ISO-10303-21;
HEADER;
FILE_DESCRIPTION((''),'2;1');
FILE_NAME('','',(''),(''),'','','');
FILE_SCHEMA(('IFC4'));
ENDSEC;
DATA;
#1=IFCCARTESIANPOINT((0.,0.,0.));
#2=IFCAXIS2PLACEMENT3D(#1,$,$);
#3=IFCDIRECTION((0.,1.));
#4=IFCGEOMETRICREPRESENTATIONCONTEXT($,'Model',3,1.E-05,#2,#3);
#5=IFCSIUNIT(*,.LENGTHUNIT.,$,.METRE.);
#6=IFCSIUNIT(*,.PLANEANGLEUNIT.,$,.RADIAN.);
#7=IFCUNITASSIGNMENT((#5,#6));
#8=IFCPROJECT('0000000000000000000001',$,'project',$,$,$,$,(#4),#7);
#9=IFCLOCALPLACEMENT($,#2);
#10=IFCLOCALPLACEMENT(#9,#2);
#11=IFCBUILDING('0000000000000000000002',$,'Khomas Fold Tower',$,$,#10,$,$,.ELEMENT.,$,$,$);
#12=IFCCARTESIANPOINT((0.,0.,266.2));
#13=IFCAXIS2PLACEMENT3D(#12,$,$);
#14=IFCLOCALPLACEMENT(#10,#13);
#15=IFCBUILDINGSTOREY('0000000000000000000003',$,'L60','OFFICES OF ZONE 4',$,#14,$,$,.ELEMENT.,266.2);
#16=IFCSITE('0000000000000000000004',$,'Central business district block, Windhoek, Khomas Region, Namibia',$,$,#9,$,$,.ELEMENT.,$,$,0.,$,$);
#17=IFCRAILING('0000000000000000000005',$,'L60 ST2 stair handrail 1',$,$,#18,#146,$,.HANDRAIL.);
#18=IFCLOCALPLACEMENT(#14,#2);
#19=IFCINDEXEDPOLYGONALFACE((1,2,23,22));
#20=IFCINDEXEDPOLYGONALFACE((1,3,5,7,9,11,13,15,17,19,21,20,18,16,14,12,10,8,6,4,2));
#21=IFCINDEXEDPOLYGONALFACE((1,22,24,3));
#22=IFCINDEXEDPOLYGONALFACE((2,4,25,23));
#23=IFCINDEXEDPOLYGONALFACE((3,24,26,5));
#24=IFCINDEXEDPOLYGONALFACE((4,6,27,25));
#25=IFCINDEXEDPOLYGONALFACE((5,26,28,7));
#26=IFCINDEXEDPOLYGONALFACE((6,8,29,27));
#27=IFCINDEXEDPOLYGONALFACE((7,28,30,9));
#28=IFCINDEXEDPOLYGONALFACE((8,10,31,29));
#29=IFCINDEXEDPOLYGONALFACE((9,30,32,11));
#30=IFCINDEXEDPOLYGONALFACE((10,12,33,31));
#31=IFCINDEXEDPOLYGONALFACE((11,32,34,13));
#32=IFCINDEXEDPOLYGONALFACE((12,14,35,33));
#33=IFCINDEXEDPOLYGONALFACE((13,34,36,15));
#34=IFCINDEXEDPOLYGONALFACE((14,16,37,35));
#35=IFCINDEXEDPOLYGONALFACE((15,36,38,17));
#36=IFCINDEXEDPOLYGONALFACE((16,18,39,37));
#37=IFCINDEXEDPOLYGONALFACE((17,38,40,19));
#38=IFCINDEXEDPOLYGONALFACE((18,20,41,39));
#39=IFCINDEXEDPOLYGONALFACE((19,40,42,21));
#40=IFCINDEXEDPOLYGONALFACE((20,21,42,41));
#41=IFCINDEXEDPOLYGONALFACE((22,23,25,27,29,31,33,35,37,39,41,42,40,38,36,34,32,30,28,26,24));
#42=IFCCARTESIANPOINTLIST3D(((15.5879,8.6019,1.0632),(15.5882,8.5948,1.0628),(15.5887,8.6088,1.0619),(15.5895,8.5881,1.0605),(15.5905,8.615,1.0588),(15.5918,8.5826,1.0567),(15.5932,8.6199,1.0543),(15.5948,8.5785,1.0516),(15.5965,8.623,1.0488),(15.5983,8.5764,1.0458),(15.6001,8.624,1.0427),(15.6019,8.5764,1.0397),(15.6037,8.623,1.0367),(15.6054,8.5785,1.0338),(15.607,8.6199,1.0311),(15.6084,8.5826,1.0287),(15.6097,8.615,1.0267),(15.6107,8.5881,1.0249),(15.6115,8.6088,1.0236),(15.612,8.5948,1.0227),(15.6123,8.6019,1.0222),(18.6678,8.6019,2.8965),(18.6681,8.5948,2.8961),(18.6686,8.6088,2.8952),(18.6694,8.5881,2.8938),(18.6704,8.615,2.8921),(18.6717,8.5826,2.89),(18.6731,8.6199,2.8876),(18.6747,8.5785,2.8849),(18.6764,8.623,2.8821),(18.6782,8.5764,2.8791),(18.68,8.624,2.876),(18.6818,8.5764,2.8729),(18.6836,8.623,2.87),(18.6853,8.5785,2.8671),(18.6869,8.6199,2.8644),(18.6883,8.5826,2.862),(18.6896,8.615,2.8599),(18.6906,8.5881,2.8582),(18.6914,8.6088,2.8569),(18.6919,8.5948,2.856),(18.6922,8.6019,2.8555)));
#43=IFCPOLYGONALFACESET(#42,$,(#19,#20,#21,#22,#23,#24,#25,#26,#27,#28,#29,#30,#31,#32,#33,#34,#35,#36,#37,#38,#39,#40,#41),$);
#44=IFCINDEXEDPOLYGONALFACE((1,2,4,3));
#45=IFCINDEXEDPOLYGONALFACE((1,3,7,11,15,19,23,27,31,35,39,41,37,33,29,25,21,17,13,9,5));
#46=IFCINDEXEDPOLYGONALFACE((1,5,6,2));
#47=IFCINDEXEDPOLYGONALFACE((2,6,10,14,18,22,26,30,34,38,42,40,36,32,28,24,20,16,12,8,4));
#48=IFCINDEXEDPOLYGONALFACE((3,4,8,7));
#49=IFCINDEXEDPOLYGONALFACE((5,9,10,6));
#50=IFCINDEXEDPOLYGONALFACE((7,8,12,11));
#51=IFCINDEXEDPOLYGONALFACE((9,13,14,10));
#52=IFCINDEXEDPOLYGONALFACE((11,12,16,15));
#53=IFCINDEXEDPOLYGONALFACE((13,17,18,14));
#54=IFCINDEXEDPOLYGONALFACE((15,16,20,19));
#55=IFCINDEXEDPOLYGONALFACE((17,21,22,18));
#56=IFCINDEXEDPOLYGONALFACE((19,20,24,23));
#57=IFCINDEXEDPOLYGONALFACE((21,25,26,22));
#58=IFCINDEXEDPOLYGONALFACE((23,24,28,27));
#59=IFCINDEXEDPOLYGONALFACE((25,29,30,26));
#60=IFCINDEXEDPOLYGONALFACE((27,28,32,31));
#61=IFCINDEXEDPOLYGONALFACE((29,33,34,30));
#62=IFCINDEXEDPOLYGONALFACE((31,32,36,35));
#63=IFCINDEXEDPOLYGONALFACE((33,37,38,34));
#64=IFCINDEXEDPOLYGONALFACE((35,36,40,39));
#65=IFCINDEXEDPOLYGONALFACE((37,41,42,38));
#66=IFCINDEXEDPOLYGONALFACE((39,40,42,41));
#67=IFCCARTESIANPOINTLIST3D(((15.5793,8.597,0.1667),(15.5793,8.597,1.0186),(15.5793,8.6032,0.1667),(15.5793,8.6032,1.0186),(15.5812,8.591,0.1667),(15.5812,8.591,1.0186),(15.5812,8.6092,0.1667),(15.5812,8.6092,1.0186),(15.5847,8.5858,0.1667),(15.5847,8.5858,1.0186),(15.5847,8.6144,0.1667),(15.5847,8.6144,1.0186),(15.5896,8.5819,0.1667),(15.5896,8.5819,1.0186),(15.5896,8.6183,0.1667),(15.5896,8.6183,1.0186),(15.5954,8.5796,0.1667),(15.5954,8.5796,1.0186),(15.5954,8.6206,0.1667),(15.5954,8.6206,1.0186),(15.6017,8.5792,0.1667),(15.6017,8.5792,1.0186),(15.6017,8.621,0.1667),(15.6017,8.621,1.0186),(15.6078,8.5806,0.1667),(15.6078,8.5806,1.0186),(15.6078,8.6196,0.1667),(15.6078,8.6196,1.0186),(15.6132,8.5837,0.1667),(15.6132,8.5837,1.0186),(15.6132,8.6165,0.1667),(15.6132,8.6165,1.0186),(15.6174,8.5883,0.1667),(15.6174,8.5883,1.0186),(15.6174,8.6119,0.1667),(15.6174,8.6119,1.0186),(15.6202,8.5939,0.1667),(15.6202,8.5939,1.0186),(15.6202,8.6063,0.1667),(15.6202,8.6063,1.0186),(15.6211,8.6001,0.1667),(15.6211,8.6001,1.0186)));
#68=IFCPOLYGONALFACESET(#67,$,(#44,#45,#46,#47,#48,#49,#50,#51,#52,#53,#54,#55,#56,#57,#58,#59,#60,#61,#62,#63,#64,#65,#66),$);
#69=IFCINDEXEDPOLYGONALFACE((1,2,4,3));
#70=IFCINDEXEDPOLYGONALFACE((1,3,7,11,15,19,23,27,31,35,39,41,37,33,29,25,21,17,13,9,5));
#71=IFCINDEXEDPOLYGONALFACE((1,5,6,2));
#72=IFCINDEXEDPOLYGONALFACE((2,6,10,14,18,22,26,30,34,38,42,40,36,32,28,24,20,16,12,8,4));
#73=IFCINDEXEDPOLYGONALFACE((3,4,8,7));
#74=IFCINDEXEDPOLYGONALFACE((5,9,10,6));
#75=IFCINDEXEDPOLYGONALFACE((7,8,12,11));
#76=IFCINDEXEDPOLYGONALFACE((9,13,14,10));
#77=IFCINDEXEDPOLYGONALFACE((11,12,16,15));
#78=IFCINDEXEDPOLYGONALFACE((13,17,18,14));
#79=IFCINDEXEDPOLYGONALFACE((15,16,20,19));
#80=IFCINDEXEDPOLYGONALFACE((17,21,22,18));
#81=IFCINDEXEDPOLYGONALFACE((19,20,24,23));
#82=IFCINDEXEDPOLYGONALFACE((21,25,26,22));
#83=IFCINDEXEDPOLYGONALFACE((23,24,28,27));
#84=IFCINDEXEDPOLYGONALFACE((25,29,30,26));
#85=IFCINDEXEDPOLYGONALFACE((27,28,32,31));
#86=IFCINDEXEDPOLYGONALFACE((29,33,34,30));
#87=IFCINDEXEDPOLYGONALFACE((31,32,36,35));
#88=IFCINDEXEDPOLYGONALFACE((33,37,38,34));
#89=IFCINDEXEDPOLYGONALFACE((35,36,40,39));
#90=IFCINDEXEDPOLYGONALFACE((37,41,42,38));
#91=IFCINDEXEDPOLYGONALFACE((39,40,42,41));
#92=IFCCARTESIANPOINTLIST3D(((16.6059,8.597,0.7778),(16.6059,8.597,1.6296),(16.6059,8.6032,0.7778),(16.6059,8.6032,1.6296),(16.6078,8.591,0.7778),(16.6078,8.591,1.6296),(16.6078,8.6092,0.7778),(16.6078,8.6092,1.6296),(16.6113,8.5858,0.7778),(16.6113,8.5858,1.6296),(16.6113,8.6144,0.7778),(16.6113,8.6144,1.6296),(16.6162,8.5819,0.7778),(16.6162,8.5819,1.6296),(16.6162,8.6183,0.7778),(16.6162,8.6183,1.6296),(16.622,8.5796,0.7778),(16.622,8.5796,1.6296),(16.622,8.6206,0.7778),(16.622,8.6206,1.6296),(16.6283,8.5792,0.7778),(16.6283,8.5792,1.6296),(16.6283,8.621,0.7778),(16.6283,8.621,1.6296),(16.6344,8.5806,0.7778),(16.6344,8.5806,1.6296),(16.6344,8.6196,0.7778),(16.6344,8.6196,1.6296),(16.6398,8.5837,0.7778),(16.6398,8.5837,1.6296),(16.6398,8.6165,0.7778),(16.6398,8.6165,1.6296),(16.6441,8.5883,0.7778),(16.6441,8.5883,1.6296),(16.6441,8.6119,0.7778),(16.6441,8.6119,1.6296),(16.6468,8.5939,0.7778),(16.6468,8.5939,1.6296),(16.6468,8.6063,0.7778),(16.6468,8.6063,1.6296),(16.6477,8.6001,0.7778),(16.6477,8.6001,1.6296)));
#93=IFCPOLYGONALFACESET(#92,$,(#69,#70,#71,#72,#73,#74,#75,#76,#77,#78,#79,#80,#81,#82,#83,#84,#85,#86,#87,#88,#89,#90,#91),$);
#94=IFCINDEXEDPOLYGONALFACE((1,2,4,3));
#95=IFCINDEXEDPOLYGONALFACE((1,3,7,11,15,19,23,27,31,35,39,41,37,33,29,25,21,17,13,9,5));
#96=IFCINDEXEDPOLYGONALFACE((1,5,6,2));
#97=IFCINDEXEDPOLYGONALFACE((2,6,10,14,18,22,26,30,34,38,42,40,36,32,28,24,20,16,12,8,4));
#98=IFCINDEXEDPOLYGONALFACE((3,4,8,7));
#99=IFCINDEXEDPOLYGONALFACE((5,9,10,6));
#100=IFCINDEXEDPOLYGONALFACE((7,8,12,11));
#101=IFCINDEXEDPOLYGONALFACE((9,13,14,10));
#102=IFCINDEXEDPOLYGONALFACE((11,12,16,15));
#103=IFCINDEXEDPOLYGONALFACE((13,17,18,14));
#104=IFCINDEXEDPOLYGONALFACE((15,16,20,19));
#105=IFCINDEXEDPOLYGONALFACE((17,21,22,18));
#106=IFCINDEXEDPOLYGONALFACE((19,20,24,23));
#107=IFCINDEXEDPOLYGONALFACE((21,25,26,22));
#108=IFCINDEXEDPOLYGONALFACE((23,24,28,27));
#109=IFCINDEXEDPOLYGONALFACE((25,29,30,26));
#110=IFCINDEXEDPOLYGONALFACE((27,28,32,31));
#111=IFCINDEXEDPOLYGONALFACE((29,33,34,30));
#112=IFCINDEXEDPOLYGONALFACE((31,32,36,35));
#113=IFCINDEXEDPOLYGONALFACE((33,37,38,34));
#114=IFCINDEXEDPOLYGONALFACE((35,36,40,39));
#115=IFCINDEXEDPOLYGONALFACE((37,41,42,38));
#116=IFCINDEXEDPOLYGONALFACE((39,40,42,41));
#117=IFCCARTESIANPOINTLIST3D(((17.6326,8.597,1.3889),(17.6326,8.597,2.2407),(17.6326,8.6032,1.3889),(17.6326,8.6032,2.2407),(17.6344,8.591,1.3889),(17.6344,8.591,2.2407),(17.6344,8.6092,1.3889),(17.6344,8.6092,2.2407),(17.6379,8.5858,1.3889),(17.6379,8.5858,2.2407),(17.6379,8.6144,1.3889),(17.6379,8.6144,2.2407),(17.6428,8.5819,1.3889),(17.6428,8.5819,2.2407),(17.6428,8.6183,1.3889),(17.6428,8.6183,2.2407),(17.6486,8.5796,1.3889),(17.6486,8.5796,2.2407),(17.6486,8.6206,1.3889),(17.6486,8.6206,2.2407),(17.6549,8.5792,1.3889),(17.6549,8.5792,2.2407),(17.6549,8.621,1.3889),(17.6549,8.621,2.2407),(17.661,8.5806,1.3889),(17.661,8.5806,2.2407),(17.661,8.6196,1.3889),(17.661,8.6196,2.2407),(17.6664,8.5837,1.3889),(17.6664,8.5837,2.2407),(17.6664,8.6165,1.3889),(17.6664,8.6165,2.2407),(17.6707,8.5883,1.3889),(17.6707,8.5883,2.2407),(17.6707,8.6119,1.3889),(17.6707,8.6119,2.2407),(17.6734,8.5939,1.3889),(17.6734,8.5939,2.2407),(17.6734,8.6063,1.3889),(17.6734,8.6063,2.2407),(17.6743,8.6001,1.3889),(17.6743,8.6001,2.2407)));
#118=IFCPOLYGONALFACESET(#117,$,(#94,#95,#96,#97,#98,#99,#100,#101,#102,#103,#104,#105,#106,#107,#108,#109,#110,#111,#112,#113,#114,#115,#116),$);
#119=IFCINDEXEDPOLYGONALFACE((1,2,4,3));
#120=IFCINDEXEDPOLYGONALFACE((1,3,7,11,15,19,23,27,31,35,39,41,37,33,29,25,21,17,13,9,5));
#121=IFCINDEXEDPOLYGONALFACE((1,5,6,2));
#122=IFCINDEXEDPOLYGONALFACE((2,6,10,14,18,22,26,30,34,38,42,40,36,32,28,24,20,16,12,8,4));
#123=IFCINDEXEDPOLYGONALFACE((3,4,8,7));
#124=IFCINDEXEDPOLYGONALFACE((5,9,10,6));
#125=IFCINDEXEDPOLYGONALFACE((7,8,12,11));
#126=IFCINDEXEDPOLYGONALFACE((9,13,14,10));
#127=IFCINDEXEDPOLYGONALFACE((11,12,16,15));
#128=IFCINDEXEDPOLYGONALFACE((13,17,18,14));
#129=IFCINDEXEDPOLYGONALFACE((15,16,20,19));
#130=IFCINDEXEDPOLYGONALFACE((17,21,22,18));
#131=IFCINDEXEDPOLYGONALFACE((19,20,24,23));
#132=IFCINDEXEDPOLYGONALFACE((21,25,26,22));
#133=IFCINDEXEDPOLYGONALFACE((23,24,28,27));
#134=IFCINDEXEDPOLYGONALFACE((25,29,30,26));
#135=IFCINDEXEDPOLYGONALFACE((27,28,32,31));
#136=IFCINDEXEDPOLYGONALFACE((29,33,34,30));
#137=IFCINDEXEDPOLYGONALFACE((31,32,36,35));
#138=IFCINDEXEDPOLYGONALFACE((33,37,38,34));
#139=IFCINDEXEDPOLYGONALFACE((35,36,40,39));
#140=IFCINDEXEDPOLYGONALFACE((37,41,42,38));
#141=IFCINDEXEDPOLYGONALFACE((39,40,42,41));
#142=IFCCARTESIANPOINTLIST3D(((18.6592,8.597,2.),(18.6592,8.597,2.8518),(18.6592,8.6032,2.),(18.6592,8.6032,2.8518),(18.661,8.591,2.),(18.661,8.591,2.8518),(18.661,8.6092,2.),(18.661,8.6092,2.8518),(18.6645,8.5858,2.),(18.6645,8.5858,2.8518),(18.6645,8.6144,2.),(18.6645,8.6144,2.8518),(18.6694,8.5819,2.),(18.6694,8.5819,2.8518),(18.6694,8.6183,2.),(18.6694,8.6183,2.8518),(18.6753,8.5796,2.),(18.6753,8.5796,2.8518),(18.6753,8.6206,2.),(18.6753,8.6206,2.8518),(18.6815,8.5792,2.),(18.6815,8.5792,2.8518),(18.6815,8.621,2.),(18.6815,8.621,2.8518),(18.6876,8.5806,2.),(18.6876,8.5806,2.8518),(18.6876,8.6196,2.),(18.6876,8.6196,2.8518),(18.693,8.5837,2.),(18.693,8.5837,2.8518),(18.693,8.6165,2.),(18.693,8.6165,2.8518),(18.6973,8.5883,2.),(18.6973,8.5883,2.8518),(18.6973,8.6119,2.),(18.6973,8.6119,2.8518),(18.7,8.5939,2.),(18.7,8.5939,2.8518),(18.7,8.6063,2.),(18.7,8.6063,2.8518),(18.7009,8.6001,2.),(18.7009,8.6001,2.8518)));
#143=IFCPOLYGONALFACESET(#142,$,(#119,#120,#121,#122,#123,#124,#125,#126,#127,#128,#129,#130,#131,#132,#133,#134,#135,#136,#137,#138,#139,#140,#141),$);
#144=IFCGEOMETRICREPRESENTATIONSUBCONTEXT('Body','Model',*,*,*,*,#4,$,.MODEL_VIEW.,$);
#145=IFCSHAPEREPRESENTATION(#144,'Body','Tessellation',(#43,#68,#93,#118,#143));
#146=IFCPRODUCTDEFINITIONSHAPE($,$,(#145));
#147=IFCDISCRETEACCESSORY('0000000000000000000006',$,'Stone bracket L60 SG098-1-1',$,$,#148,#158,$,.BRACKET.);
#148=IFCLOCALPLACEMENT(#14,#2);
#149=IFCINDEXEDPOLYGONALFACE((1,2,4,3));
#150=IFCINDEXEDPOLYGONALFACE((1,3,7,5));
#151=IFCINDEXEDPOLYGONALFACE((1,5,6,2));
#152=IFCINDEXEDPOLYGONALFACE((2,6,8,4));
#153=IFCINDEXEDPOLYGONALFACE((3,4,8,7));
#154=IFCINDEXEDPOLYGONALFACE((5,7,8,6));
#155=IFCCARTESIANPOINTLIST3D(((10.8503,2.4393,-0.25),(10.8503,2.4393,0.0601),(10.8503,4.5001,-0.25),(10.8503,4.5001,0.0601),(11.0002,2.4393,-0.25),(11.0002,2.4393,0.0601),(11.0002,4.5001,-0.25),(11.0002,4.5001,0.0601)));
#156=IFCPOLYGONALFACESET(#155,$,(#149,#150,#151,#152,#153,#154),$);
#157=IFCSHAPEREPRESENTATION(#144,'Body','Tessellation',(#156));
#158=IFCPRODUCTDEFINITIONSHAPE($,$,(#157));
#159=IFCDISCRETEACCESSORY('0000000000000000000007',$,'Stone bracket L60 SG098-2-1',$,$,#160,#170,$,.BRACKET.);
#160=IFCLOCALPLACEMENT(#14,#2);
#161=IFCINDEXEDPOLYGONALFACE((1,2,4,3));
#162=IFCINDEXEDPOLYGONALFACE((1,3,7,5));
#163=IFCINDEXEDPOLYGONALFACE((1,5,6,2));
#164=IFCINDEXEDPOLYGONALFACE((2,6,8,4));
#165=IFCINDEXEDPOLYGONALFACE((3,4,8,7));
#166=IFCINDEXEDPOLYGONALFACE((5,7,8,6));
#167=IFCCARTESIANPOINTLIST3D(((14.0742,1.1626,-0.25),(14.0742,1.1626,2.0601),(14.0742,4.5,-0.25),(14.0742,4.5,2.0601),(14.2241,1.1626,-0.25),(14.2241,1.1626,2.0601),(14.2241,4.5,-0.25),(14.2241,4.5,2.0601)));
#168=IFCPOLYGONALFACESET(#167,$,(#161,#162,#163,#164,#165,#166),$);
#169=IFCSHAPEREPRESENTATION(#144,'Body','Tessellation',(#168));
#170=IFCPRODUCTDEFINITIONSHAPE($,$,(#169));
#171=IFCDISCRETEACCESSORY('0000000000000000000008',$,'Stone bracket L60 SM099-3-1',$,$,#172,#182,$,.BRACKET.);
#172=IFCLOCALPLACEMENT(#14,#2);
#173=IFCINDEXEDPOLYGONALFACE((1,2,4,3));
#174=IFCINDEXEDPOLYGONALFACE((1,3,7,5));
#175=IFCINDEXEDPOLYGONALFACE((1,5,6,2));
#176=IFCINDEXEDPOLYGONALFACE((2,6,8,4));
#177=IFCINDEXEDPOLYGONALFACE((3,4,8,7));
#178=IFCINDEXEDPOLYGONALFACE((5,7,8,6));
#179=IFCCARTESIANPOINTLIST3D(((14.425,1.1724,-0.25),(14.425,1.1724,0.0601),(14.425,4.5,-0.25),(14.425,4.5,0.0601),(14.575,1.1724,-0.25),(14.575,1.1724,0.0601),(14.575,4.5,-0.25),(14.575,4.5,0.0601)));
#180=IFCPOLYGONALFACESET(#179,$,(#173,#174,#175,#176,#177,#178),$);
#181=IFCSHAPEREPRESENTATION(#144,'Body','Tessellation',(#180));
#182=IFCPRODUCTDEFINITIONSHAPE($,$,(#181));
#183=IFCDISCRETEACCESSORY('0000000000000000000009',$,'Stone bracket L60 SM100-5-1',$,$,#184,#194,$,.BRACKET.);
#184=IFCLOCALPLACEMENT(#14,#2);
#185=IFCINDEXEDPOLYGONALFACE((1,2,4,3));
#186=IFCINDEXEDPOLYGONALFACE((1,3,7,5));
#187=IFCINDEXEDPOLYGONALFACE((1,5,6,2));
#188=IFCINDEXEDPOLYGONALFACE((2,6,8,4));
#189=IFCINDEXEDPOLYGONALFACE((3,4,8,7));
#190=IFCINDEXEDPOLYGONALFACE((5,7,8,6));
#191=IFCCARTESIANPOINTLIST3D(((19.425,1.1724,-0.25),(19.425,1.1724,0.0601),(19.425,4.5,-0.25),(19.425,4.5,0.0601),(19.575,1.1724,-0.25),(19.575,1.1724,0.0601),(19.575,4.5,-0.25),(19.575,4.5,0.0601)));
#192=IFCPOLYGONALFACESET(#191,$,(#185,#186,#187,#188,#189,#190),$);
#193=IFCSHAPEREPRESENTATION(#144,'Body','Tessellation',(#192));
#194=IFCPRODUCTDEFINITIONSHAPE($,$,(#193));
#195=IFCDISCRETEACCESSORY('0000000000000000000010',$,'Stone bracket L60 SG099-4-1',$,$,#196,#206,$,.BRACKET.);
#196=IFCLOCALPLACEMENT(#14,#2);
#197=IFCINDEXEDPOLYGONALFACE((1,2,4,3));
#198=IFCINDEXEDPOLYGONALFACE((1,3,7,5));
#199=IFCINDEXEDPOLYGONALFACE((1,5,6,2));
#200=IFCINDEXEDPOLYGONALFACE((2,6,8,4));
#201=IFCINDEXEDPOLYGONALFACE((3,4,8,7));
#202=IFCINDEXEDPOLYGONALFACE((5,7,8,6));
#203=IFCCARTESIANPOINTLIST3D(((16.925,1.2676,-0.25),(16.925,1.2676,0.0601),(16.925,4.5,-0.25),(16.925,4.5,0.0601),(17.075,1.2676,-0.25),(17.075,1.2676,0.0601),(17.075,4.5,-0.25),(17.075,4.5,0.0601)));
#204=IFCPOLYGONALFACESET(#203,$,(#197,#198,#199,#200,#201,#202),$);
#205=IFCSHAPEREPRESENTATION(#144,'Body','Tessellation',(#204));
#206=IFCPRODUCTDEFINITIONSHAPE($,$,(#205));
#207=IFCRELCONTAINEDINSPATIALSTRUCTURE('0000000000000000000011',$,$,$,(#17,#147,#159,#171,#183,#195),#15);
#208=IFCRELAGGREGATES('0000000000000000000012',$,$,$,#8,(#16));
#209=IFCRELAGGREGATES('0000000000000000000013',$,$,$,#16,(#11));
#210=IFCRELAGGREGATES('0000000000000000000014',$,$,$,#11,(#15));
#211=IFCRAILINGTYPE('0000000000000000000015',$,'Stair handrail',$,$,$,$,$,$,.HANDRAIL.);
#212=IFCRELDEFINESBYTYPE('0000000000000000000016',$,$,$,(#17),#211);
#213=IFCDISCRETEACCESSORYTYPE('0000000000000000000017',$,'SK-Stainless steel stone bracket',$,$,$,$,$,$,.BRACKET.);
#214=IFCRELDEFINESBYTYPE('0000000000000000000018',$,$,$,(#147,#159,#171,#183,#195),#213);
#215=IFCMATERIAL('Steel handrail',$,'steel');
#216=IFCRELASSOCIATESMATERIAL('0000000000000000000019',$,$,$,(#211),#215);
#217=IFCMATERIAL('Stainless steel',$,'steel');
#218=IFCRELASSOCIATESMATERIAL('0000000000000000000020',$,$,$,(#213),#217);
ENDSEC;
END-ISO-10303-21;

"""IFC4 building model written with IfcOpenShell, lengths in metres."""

from ifc_helpers import new_model, si_unit, direction, frame, origin, origin_2d, place, context, subcontext, project, spatial, rectangle, circle, extrude, source, transform, mapped, material, type_object, element, save


model = new_model("IFC4")

# Units and contexts
model_context = context("Model", 3, precision=1e-05, world=origin(), true_north=direction((0.0, 1.0)))
body_context = subcontext(model_context, "Body", "Model", "MODEL_VIEW")
ifc_project = project(units=[si_unit("LENGTHUNIT", "METRE"), si_unit("PLANEANGLEUNIT", "RADIAN")], contexts=[model_context])

# Site, building, storey
site_placement = place(None, origin())
site = spatial("IfcSite", under=ifc_project, at=site_placement, Name="Central business district block, Windhoek, Khomas Region, Namibia", CompositionType="ELEMENT", RefElevation=0.0)
building_placement = place(site_placement, origin())
building = spatial("IfcBuilding", under=site, at=building_placement, Name="Khomas Fold Tower", CompositionType="ELEMENT")
storey_placement = place(building_placement, frame((0.0, 0.0, 266.2)))
storey = spatial("IfcBuildingStorey", under=building, at=storey_placement, Name="L60", Description="OFFICES OF ZONE 4", CompositionType="ELEMENT", Elevation=266.2)

# Railing
ifc_material_1 = material(Name="Steel handrail", Category="steel")
railing_type_1 = type_object("IfcRailingType", Name="Stair handrail", PredefinedType="HANDRAIL", material=ifc_material_1)
shared_shape_1 = source(origin(), body_context, "Body", "SweptSolid", [
    extrude(circle(Radius=0.0239, at=origin_2d()), frame((0.0, 0.0, 0.876), z_axis=(0.859291, 0.0, 0.511487), x_axis=(0.0, 1.0, 0.0)), (0.0, 0.0, 1.0), 3.5842),
    extrude(circle(Radius=0.021, at=origin_2d()), origin(), (0.0, 0.0, 1.0), 0.8518),
    extrude(circle(Radius=0.021, at=origin_2d()), frame((1.0266, 0.0, 0.6111)), (0.0, 0.0, 1.0), 0.8518),
    extrude(circle(Radius=0.021, at=origin_2d()), frame((2.0532, 0.0, 1.2222)), (0.0, 0.0, 1.0), 0.8518),
    extrude(circle(Radius=0.021, at=origin_2d()), frame((3.0798, 0.0, 1.8333)), (0.0, 0.0, 1.0), 0.8518),
])
railing_1_placement = place(storey_placement, frame((15.6001, 8.6001, 0.1667)))
element("IfcRailing", 1, at=railing_1_placement, inside=storey, type_object=railing_type_1, Name="L60 ST2 stair handrail 1", PredefinedType="HANDRAIL", context=body_context, shape_type="MappedRepresentation", body=[
    mapped(shared_shape_1, transform((0.0, 0.0, 0.0))),
])

# Discrete accessories
ifc_material_2 = material(Name="Stainless steel", Category="steel")
discrete_accessory_type = type_object("IfcDiscreteAccessoryType", Name="SK-Stainless steel stone bracket", PredefinedType="BRACKET", material=ifc_material_2)
shared_shape_2 = source(origin(), body_context, "Body", "SweptSolid", [
    extrude(rectangle(XDim=2.0608, YDim=0.1499, at=origin_2d()), origin(), (0.0, 0.0, 1.0), 0.3101),
])
discrete_accessory_1_placement = place(storey_placement, frame((10.9253, 3.4697, -0.25), z_axis=(0.0, 0.0, 1.0), x_axis=(0.0, -1.0, 0.0)))
element("IfcDiscreteAccessory", 2, at=discrete_accessory_1_placement, inside=storey, type_object=discrete_accessory_type, Name="Stone bracket L60 SG098-1-1", PredefinedType="BRACKET", context=body_context, shape_type="MappedRepresentation", body=[
    mapped(shared_shape_2, transform((0.0, 0.0, 0.0))),
])
shared_shape_3 = source(origin(), body_context, "Body", "SweptSolid", [
    extrude(rectangle(XDim=3.3374, YDim=0.1499, at=origin_2d()), origin(), (0.0, 0.0, 1.0), 2.3101),
])
discrete_accessory_2_placement = place(storey_placement, frame((14.1492, 2.8313, -0.25), z_axis=(0.0, 0.0, 1.0), x_axis=(0.0, -1.0, 0.0)))
element("IfcDiscreteAccessory", 3, at=discrete_accessory_2_placement, inside=storey, type_object=discrete_accessory_type, Name="Stone bracket L60 SG098-2-1", PredefinedType="BRACKET", context=body_context, shape_type="MappedRepresentation", body=[
    mapped(shared_shape_3, transform((0.0, 0.0, 0.0))),
])
shared_shape_4 = source(origin(), body_context, "Body", "SweptSolid", [
    extrude(rectangle(XDim=3.3276, YDim=0.1499, at=origin_2d()), origin(), (0.0, 0.0, 1.0), 0.3101),
])
for number, where, z_axis, x_axis, name in (
    (4, (14.5, 2.8362, -0.25), (0.0, 0.0, 1.0), (0.0, -1.0, 0.0), "Stone bracket L60 SM099-3-1"),
    (5, (19.5, 2.8362, -0.25), (0.0, 0.0, 1.0), (0.0, -1.0, 0.0), "Stone bracket L60 SM100-5-1"),
):
    element("IfcDiscreteAccessory", number, at=place(storey_placement, frame(where, z_axis=z_axis, x_axis=x_axis)), inside=storey, type_object=discrete_accessory_type, Name=name, PredefinedType="BRACKET", context=body_context, shape_type="MappedRepresentation", body=[
        mapped(shared_shape_4, transform((0.0, 0.0, 0.0))),
    ])
shared_shape_5 = source(origin(), body_context, "Body", "SweptSolid", [
    extrude(rectangle(XDim=3.2324, YDim=0.1499, at=origin_2d()), origin(), (0.0, 0.0, 1.0), 0.3101),
])
discrete_accessory_3_placement = place(storey_placement, frame((17.0, 2.8838, -0.25), z_axis=(0.0, 0.0, 1.0), x_axis=(0.0, -1.0, 0.0)))
element("IfcDiscreteAccessory", 6, at=discrete_accessory_3_placement, inside=storey, type_object=discrete_accessory_type, Name="Stone bracket L60 SG099-4-1", PredefinedType="BRACKET", context=body_context, shape_type="MappedRepresentation", body=[
    mapped(shared_shape_5, transform((0.0, 0.0, 0.0))),
])

save(model, "model.ifc")
